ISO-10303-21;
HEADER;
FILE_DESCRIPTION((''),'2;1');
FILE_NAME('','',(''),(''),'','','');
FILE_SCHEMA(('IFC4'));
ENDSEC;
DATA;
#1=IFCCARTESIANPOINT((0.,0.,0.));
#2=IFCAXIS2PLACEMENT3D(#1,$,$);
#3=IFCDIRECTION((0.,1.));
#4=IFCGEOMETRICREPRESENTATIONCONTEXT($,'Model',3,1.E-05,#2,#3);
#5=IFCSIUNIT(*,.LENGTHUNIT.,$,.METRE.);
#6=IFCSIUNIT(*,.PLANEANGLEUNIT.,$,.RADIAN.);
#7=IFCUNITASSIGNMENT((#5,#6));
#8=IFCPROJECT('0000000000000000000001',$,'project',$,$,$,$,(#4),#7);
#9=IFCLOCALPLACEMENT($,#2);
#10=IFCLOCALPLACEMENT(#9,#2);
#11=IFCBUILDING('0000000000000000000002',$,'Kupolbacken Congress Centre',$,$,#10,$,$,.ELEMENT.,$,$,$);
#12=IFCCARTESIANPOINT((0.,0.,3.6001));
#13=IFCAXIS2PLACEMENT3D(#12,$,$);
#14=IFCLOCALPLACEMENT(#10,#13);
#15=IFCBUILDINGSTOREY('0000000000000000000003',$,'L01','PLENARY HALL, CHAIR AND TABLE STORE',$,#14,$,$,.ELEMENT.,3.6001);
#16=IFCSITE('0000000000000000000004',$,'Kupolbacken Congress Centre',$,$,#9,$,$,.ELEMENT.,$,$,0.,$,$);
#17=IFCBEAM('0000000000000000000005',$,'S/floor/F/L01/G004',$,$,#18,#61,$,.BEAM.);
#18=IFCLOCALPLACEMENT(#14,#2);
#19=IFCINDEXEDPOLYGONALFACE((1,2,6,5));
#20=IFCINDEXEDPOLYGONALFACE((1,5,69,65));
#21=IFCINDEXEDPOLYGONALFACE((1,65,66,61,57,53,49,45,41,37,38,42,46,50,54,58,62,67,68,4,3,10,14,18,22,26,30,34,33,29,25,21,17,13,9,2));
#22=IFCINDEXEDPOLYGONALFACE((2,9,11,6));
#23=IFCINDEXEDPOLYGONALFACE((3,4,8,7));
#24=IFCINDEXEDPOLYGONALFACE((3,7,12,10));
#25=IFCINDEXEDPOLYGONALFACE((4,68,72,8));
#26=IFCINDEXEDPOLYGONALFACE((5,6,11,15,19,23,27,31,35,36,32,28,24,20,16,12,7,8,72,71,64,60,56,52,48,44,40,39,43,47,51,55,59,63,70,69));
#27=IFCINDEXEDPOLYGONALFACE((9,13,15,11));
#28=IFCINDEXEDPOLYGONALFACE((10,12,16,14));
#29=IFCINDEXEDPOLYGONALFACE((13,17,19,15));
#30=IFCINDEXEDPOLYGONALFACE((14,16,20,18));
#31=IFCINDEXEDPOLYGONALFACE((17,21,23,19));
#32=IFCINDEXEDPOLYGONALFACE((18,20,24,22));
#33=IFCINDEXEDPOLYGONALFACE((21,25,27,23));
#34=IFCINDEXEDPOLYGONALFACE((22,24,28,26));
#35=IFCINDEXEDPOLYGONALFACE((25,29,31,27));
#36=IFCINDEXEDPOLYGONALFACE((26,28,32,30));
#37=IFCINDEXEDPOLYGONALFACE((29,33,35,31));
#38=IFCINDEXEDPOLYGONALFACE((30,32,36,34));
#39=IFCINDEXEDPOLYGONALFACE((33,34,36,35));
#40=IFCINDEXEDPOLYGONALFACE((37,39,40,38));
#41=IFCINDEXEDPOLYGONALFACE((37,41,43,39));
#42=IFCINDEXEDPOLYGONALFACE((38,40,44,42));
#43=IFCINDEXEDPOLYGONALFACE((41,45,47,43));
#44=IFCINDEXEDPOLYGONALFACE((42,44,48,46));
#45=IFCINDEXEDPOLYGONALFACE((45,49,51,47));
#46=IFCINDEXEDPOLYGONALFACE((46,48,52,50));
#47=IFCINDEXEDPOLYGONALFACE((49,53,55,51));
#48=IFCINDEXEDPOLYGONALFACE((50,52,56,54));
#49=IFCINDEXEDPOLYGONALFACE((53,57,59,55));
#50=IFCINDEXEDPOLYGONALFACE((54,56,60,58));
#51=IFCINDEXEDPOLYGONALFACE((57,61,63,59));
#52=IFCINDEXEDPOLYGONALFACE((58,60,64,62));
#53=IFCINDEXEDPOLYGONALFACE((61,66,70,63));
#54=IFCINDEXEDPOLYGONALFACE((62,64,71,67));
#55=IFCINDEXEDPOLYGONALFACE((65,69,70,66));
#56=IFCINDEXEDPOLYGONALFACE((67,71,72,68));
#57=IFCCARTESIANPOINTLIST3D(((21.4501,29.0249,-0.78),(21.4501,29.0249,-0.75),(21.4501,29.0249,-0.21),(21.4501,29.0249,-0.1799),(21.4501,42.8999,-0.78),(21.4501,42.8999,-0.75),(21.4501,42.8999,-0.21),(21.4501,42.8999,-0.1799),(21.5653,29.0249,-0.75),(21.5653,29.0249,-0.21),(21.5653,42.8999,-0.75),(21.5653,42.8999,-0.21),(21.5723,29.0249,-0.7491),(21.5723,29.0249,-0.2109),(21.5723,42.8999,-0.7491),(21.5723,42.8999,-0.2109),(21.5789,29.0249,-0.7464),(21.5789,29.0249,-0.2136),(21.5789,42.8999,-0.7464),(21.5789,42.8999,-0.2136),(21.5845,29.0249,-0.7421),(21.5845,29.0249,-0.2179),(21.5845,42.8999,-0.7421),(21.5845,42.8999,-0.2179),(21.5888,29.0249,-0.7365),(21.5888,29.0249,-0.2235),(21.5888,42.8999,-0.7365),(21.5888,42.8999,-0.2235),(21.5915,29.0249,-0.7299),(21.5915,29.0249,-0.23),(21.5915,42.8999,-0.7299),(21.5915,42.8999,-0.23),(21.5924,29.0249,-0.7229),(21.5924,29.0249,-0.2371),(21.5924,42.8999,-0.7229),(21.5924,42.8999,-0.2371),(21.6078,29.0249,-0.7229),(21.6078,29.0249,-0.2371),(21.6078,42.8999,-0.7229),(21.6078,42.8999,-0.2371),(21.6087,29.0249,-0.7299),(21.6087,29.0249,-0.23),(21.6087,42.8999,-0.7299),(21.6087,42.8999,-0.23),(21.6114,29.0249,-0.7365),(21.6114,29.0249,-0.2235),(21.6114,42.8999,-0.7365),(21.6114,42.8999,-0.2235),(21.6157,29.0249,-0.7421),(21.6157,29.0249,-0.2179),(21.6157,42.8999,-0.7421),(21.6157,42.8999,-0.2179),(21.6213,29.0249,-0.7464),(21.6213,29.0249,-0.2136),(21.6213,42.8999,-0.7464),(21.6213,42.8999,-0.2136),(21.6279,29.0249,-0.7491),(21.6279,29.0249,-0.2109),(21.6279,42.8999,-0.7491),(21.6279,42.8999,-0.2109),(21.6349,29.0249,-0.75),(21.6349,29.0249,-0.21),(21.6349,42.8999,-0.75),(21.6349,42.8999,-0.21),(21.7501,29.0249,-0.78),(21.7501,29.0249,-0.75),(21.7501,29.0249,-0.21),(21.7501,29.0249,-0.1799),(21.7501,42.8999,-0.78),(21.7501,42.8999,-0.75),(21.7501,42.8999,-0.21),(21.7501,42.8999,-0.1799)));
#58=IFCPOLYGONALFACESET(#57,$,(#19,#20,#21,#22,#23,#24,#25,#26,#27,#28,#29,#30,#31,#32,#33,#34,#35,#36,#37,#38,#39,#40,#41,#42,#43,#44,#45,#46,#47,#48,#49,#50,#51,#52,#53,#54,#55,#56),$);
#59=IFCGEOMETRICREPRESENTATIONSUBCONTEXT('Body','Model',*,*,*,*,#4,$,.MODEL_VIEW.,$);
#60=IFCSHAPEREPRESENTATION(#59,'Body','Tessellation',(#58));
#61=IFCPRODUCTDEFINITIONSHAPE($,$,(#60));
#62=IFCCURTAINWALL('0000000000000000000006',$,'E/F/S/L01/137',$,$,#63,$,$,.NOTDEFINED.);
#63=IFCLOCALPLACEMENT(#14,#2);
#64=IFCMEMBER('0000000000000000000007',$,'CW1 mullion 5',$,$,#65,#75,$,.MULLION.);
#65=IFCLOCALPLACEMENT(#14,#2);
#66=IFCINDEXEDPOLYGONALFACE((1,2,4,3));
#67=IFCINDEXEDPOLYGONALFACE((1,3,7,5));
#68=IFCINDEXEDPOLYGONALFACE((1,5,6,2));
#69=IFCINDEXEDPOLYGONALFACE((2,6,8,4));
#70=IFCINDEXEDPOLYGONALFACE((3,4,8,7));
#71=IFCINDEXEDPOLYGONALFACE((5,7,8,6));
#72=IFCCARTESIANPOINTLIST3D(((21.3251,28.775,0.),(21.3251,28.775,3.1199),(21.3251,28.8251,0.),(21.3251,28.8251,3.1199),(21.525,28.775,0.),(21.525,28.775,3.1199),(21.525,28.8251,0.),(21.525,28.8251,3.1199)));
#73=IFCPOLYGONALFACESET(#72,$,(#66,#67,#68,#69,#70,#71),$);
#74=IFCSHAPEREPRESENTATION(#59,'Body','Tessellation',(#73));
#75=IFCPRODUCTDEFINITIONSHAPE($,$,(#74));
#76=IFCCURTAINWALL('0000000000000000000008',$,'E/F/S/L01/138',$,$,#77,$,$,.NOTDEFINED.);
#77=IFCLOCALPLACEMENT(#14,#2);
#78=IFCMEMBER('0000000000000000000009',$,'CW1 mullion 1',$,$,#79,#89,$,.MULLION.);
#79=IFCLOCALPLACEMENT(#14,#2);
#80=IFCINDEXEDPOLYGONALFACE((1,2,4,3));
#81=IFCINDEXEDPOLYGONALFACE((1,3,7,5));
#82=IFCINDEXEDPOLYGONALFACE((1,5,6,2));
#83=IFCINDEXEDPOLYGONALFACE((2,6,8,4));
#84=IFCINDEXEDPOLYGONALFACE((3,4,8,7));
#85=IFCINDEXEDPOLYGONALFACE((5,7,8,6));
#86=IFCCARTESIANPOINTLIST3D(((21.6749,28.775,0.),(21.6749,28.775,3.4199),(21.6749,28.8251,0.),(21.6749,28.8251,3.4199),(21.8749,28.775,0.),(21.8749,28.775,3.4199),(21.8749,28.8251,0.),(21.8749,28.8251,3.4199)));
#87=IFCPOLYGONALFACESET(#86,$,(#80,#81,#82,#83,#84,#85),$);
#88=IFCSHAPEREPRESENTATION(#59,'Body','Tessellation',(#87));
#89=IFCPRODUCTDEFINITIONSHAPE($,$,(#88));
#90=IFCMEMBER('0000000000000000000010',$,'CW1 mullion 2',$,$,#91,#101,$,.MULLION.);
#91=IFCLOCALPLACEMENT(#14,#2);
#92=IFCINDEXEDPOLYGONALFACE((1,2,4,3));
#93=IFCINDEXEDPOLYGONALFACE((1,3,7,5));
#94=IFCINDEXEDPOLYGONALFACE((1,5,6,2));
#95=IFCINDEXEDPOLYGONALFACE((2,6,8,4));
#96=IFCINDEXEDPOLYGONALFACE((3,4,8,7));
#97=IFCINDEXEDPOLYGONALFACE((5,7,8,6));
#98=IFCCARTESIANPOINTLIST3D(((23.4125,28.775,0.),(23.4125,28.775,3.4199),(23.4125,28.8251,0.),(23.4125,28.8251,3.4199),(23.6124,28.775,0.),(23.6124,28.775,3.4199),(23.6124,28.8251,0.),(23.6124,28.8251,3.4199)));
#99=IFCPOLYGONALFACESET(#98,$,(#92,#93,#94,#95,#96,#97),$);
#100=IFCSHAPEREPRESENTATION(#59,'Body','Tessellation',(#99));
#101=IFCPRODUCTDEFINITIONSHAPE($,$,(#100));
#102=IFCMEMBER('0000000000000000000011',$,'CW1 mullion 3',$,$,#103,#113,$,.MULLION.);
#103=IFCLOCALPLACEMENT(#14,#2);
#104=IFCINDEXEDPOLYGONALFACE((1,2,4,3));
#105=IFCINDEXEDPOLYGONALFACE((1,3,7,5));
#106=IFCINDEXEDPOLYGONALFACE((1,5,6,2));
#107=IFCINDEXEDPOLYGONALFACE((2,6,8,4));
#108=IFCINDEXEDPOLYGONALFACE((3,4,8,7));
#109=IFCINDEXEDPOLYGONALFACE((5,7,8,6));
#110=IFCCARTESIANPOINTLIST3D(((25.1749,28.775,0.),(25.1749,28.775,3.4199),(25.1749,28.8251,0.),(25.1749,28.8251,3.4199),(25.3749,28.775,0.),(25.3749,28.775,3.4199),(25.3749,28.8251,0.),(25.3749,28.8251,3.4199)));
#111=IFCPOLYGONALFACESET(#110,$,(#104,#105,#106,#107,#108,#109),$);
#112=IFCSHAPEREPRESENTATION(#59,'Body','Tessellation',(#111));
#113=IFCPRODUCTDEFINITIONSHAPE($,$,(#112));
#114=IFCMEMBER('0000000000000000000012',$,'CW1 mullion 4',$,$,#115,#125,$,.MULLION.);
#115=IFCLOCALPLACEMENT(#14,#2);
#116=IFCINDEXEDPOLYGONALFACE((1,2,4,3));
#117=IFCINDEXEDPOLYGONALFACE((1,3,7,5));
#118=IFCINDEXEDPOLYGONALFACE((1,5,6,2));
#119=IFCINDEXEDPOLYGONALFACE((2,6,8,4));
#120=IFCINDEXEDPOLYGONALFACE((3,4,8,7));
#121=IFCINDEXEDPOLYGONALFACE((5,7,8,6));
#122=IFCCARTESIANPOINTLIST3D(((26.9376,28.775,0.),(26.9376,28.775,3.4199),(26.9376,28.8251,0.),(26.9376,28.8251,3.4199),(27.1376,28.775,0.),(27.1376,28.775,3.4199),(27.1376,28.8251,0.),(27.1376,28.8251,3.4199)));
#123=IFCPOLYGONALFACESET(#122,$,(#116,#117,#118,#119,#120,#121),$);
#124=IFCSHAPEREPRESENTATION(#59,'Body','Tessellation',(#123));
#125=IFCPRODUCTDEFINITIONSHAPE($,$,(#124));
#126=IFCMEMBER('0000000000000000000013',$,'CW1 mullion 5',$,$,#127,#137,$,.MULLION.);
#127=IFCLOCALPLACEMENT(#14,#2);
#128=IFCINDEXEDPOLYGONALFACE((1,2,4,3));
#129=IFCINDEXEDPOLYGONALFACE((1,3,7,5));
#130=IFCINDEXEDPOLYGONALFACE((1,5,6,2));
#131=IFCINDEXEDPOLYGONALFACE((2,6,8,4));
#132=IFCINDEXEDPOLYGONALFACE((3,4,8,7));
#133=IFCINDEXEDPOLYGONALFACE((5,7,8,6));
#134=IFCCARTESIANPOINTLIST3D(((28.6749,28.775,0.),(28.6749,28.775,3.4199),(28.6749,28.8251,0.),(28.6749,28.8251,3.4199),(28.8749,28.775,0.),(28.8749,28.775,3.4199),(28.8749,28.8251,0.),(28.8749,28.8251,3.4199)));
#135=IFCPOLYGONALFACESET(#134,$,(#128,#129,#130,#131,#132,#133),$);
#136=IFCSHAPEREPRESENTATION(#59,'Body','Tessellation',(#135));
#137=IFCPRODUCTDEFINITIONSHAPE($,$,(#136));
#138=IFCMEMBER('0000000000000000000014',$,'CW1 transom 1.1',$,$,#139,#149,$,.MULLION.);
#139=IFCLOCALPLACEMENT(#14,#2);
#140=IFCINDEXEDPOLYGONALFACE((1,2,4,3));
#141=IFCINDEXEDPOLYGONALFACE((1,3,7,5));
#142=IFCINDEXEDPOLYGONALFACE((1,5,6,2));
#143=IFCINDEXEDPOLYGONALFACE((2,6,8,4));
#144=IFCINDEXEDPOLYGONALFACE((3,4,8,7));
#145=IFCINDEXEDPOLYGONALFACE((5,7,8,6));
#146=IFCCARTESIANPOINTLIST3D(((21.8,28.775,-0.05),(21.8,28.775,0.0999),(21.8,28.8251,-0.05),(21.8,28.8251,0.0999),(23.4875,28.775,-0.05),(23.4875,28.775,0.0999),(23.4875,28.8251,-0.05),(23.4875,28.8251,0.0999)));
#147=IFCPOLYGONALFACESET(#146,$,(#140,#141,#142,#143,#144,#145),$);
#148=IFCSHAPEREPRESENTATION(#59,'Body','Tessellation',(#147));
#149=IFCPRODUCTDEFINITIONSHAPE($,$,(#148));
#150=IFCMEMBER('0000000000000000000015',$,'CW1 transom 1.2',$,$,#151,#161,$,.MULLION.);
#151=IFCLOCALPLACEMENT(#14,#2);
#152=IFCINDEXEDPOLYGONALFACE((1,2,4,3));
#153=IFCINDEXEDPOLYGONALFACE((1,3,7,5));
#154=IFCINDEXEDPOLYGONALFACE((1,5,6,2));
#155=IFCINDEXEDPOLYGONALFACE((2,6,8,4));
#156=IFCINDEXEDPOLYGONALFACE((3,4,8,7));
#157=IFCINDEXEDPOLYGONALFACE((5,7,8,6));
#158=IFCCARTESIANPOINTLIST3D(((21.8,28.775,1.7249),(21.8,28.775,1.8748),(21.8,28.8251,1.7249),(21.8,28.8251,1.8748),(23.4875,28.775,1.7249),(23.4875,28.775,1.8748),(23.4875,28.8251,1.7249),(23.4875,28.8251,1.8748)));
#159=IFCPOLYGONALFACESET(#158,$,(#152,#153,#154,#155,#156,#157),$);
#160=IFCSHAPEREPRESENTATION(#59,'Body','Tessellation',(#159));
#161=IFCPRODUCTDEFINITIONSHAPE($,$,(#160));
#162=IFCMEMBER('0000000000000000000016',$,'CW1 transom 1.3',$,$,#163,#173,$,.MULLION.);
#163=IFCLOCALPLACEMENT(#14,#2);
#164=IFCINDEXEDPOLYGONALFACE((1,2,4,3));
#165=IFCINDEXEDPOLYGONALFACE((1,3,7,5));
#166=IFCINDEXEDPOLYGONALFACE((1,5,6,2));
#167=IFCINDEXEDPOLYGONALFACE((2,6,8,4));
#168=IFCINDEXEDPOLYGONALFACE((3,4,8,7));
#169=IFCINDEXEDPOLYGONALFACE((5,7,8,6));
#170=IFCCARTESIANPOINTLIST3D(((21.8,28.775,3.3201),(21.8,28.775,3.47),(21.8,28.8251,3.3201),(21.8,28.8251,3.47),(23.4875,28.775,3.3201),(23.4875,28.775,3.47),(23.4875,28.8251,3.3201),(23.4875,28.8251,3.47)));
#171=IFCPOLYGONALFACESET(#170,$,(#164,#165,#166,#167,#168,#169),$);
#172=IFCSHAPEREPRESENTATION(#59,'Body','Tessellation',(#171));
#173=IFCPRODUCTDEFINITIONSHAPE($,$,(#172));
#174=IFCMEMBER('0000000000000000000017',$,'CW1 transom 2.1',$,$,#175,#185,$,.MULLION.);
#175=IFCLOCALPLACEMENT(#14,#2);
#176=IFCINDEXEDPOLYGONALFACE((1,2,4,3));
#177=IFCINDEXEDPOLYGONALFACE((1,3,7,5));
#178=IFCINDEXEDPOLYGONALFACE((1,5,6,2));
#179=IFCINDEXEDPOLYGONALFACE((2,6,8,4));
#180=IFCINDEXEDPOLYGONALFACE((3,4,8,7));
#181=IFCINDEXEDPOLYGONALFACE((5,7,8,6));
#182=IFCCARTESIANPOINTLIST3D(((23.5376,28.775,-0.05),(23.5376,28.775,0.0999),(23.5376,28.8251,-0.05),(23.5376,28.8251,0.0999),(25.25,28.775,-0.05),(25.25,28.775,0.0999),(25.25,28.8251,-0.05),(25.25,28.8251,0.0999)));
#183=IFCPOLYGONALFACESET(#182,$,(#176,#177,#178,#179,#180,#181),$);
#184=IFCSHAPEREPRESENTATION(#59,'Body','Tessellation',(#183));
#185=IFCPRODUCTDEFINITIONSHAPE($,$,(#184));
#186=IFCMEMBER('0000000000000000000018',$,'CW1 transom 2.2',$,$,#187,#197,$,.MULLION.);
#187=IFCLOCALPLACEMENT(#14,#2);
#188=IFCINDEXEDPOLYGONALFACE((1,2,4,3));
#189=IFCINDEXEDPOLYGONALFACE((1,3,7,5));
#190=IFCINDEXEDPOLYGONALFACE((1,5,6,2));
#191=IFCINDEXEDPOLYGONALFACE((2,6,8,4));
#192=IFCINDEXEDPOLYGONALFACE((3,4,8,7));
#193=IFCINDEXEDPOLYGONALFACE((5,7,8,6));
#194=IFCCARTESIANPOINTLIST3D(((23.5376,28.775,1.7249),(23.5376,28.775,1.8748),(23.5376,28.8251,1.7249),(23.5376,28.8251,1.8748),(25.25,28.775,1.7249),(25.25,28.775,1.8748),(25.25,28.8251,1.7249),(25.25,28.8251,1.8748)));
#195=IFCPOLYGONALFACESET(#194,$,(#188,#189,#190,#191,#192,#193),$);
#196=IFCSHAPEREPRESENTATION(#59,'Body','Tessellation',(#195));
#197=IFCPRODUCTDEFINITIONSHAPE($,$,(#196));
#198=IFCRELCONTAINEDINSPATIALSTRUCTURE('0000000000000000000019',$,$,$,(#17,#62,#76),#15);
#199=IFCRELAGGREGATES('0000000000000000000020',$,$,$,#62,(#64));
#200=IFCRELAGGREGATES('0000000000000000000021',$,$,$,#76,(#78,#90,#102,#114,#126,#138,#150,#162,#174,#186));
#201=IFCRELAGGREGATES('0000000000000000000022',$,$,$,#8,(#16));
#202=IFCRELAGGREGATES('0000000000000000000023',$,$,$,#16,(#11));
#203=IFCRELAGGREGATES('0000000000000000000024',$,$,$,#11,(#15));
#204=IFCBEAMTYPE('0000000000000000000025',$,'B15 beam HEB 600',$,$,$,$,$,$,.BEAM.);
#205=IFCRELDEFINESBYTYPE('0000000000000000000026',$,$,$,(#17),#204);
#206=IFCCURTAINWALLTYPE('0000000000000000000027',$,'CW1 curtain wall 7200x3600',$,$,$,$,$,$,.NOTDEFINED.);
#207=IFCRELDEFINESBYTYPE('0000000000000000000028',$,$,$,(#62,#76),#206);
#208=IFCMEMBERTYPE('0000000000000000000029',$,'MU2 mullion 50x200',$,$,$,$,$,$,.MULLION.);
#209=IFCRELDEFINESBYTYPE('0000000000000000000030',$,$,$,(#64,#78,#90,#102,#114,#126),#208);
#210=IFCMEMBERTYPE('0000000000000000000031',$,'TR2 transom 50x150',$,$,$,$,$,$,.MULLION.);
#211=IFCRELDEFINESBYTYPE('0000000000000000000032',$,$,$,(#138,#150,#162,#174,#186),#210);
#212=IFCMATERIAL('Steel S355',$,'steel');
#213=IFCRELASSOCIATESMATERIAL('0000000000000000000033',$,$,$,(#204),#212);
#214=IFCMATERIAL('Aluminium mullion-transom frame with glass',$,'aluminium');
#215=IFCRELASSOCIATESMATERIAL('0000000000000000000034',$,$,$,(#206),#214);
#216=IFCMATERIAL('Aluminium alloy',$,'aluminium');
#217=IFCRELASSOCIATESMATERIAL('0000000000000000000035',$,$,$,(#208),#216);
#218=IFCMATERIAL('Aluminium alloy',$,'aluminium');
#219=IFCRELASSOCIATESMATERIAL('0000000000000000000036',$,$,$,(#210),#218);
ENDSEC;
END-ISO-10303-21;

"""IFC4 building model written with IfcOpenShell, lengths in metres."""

from ifc_helpers import new_model, si_unit, direction, frame, origin, origin_2d, place, context, subcontext, project, spatial, rectangle, i_section, extrude, material, material_profile, profile_set, type_object, element, aggregate, save


model = new_model("IFC4")

# Units and contexts
model_context = context("Model", 3, precision=1e-05, world=origin(), true_north=direction((0.0, 1.0)))
body_context = subcontext(model_context, "Body", "Model", "MODEL_VIEW")
ifc_project = project(units=[si_unit("LENGTHUNIT", "METRE"), si_unit("PLANEANGLEUNIT", "RADIAN")], contexts=[model_context])

# Site, building, storey
site_placement = place(None, origin())
site = spatial("IfcSite", under=ifc_project, at=site_placement, Name="Kupolbacken Congress Centre", CompositionType="ELEMENT", RefElevation=0.0)
building_placement = place(site_placement, origin())
building = spatial("IfcBuilding", under=site, at=building_placement, Name="Kupolbacken Congress Centre", CompositionType="ELEMENT")
storey_placement = place(building_placement, frame((0.0, 0.0, 3.6001)))
storey = spatial("IfcBuildingStorey", under=building, at=storey_placement, Name="L01", Description="PLENARY HALL, CHAIR AND TABLE STORE", CompositionType="ELEMENT", Elevation=3.6001)

# Beam
ifc_material_1 = material(Name="Steel S355", Category="steel")
ifc_material_profile_1 = material_profile(ifc_material_1, i_section(OverallWidth=0.3, OverallDepth=0.6001, WebThickness=0.0154, FlangeThickness=0.03, FilletRadius=0.0271, at=origin_2d()), Name="HEB 600")
ifc_profile_set_1 = profile_set([ifc_material_profile_1], Name="Steel S355")
beam_type_1 = type_object("IfcBeamType", Name="B15 beam HEB 600", PredefinedType="BEAM", material=ifc_profile_set_1)
beam_1_placement = place(storey_placement, frame((21.6001, 29.0249, -0.48), z_axis=(0.0, 1.0, 0.0), x_axis=(-1.0, 0.0, 0.0)))
element("IfcBeam", 1, at=beam_1_placement, inside=storey, type_object=beam_type_1, Name="S/floor/F/L01/G004", PredefinedType="BEAM", context=body_context, shape_type="SweptSolid", body=[
    extrude(i_section(OverallWidth=0.3, OverallDepth=0.6001, WebThickness=0.0154, FlangeThickness=0.03, FilletRadius=0.0271, at=origin_2d()), origin(), (0.0, 0.0, 1.0), 13.875),
])

# Curtain wall, member
ifc_material_2 = material(Name="Aluminium mullion-transom frame with glass", Category="aluminium")
curtain_wall_type = type_object("IfcCurtainWallType", Name="CW1 curtain wall 7200x3600", PredefinedType="NOTDEFINED", material=ifc_material_2)
curtain_wall_1_placement = place(storey_placement, origin())
curtain_wall_1 = element("IfcCurtainWall", 2, at=curtain_wall_1_placement, inside=storey, type_object=curtain_wall_type, Name="E/F/S/L01/137", PredefinedType="NOTDEFINED")
ifc_material_3 = material(Name="Aluminium alloy", Category="aluminium")
ifc_material_profile_2 = material_profile(ifc_material_3, rectangle(XDim=0.05, YDim=0.2, at=origin_2d()), Name="50 x 200")
ifc_profile_set_2 = profile_set([ifc_material_profile_2], Name="Aluminium alloy")
member_type_1 = type_object("IfcMemberType", Name="MU2 mullion 50x200", PredefinedType="MULLION", material=ifc_profile_set_2)
member_1_placement = place(storey_placement, frame((21.425, 28.8, 0.0), z_axis=(0.0, 0.0, 1.0), x_axis=(0.0, 1.0, 0.0)))
member_1 = element("IfcMember", 3, at=member_1_placement, type_object=member_type_1, Name="CW1 mullion 5", PredefinedType="MULLION", context=body_context, shape_type="SweptSolid", body=[
    extrude(rectangle(XDim=0.05, YDim=0.2, at=origin_2d()), origin(), (0.0, 0.0, 1.0), 3.1199),
])

# Curtain wall, members
curtain_wall_2_placement = place(storey_placement, origin())
curtain_wall_2 = element("IfcCurtainWall", 4, at=curtain_wall_2_placement, inside=storey, type_object=curtain_wall_type, Name="E/F/S/L01/138", PredefinedType="NOTDEFINED")
member_2_placement = place(storey_placement, frame((21.7749, 28.8, 0.0), z_axis=(0.0, 0.0, 1.0), x_axis=(0.0, 1.0, 0.0)))
member_2 = element("IfcMember", 5, at=member_2_placement, type_object=member_type_1, Name="CW1 mullion 1", PredefinedType="MULLION", context=body_context, shape_type="SweptSolid", body=[
    extrude(rectangle(XDim=0.05, YDim=0.2, at=origin_2d()), origin(), (0.0, 0.0, 1.0), 3.4199),
])
member_3_placement = place(storey_placement, frame((23.5125, 28.8, 0.0), z_axis=(0.0, 0.0, 1.0), x_axis=(0.0, 1.0, 0.0)))
member_3 = element("IfcMember", 6, at=member_3_placement, type_object=member_type_1, Name="CW1 mullion 2", PredefinedType="MULLION", context=body_context, shape_type="SweptSolid", body=[
    extrude(rectangle(XDim=0.05, YDim=0.2, at=origin_2d()), origin(), (0.0, 0.0, 1.0), 3.4199),
])
member_4_placement = place(storey_placement, frame((25.2749, 28.8, 0.0), z_axis=(0.0, 0.0, 1.0), x_axis=(0.0, 1.0, 0.0)))
member_4 = element("IfcMember", 7, at=member_4_placement, type_object=member_type_1, Name="CW1 mullion 3", PredefinedType="MULLION", context=body_context, shape_type="SweptSolid", body=[
    extrude(rectangle(XDim=0.05, YDim=0.2, at=origin_2d()), origin(), (0.0, 0.0, 1.0), 3.4199),
])
member_5_placement = place(storey_placement, frame((27.0376, 28.8, 0.0), z_axis=(0.0, 0.0, 1.0), x_axis=(0.0, 1.0, 0.0)))
member_5 = element("IfcMember", 8, at=member_5_placement, type_object=member_type_1, Name="CW1 mullion 4", PredefinedType="MULLION", context=body_context, shape_type="SweptSolid", body=[
    extrude(rectangle(XDim=0.05, YDim=0.2, at=origin_2d()), origin(), (0.0, 0.0, 1.0), 3.4199),
])
member_6_placement = place(storey_placement, frame((28.7749, 28.8, 0.0), z_axis=(0.0, 0.0, 1.0), x_axis=(0.0, 1.0, 0.0)))
member_6 = element("IfcMember", 9, at=member_6_placement, type_object=member_type_1, Name="CW1 mullion 5", PredefinedType="MULLION", context=body_context, shape_type="SweptSolid", body=[
    extrude(rectangle(XDim=0.05, YDim=0.2, at=origin_2d()), origin(), (0.0, 0.0, 1.0), 3.4199),
])
ifc_material_4 = material(Name="Aluminium alloy", Category="aluminium")
ifc_material_profile_3 = material_profile(ifc_material_4, rectangle(XDim=0.05, YDim=0.1499, at=origin_2d()), Name="50 x 150")
ifc_profile_set_3 = profile_set([ifc_material_profile_3], Name="Aluminium alloy")
member_type_2 = type_object("IfcMemberType", Name="TR2 transom 50x150", PredefinedType="MULLION", material=ifc_profile_set_3)
member_7_placement = place(storey_placement, frame((21.8, 28.8, 0.0249), z_axis=(1.0, 0.0, 0.0), x_axis=(0.0, 1.0, 0.0)))
member_7 = element("IfcMember", 10, at=member_7_placement, type_object=member_type_2, Name="CW1 transom 1.1", PredefinedType="MULLION", context=body_context, shape_type="SweptSolid", body=[
    extrude(rectangle(XDim=0.05, YDim=0.1499, at=origin_2d()), origin(), (0.0, 0.0, 1.0), 1.6875),
])
member_8_placement = place(storey_placement, frame((21.8, 28.8, 1.7998), z_axis=(1.0, 0.0, 0.0), x_axis=(0.0, 1.0, 0.0)))
member_8 = element("IfcMember", 11, at=member_8_placement, type_object=member_type_2, Name="CW1 transom 1.2", PredefinedType="MULLION", context=body_context, shape_type="SweptSolid", body=[
    extrude(rectangle(XDim=0.05, YDim=0.1499, at=origin_2d()), origin(), (0.0, 0.0, 1.0), 1.6875),
])
member_9_placement = place(storey_placement, frame((21.8, 28.8, 3.395), z_axis=(1.0, 0.0, 0.0), x_axis=(0.0, 1.0, 0.0)))
member_9 = element("IfcMember", 12, at=member_9_placement, type_object=member_type_2, Name="CW1 transom 1.3", PredefinedType="MULLION", context=body_context, shape_type="SweptSolid", body=[
    extrude(rectangle(XDim=0.05, YDim=0.1499, at=origin_2d()), origin(), (0.0, 0.0, 1.0), 1.6875),
])
member_10_placement = place(storey_placement, frame((23.5376, 28.8, 0.0249), z_axis=(1.0, 0.0, 0.0), x_axis=(0.0, 1.0, 0.0)))
member_10 = element("IfcMember", 13, at=member_10_placement, type_object=member_type_2, Name="CW1 transom 2.1", PredefinedType="MULLION", context=body_context, shape_type="SweptSolid", body=[
    extrude(rectangle(XDim=0.05, YDim=0.1499, at=origin_2d()), origin(), (0.0, 0.0, 1.0), 1.7124),
])
member_11_placement = place(storey_placement, frame((23.5376, 28.8, 1.7998), z_axis=(1.0, 0.0, 0.0), x_axis=(0.0, 1.0, 0.0)))
member_11 = element("IfcMember", 14, at=member_11_placement, type_object=member_type_2, Name="CW1 transom 2.2", PredefinedType="MULLION", context=body_context, shape_type="SweptSolid", body=[
    extrude(rectangle(XDim=0.05, YDim=0.1499, at=origin_2d()), origin(), (0.0, 0.0, 1.0), 1.7124),
])

aggregate(curtain_wall_1, [member_1])
aggregate(curtain_wall_2, [member_2, member_3, member_4, member_5, member_6, member_7, member_8, member_9, member_10, member_11])

save(model, "model.ifc")
